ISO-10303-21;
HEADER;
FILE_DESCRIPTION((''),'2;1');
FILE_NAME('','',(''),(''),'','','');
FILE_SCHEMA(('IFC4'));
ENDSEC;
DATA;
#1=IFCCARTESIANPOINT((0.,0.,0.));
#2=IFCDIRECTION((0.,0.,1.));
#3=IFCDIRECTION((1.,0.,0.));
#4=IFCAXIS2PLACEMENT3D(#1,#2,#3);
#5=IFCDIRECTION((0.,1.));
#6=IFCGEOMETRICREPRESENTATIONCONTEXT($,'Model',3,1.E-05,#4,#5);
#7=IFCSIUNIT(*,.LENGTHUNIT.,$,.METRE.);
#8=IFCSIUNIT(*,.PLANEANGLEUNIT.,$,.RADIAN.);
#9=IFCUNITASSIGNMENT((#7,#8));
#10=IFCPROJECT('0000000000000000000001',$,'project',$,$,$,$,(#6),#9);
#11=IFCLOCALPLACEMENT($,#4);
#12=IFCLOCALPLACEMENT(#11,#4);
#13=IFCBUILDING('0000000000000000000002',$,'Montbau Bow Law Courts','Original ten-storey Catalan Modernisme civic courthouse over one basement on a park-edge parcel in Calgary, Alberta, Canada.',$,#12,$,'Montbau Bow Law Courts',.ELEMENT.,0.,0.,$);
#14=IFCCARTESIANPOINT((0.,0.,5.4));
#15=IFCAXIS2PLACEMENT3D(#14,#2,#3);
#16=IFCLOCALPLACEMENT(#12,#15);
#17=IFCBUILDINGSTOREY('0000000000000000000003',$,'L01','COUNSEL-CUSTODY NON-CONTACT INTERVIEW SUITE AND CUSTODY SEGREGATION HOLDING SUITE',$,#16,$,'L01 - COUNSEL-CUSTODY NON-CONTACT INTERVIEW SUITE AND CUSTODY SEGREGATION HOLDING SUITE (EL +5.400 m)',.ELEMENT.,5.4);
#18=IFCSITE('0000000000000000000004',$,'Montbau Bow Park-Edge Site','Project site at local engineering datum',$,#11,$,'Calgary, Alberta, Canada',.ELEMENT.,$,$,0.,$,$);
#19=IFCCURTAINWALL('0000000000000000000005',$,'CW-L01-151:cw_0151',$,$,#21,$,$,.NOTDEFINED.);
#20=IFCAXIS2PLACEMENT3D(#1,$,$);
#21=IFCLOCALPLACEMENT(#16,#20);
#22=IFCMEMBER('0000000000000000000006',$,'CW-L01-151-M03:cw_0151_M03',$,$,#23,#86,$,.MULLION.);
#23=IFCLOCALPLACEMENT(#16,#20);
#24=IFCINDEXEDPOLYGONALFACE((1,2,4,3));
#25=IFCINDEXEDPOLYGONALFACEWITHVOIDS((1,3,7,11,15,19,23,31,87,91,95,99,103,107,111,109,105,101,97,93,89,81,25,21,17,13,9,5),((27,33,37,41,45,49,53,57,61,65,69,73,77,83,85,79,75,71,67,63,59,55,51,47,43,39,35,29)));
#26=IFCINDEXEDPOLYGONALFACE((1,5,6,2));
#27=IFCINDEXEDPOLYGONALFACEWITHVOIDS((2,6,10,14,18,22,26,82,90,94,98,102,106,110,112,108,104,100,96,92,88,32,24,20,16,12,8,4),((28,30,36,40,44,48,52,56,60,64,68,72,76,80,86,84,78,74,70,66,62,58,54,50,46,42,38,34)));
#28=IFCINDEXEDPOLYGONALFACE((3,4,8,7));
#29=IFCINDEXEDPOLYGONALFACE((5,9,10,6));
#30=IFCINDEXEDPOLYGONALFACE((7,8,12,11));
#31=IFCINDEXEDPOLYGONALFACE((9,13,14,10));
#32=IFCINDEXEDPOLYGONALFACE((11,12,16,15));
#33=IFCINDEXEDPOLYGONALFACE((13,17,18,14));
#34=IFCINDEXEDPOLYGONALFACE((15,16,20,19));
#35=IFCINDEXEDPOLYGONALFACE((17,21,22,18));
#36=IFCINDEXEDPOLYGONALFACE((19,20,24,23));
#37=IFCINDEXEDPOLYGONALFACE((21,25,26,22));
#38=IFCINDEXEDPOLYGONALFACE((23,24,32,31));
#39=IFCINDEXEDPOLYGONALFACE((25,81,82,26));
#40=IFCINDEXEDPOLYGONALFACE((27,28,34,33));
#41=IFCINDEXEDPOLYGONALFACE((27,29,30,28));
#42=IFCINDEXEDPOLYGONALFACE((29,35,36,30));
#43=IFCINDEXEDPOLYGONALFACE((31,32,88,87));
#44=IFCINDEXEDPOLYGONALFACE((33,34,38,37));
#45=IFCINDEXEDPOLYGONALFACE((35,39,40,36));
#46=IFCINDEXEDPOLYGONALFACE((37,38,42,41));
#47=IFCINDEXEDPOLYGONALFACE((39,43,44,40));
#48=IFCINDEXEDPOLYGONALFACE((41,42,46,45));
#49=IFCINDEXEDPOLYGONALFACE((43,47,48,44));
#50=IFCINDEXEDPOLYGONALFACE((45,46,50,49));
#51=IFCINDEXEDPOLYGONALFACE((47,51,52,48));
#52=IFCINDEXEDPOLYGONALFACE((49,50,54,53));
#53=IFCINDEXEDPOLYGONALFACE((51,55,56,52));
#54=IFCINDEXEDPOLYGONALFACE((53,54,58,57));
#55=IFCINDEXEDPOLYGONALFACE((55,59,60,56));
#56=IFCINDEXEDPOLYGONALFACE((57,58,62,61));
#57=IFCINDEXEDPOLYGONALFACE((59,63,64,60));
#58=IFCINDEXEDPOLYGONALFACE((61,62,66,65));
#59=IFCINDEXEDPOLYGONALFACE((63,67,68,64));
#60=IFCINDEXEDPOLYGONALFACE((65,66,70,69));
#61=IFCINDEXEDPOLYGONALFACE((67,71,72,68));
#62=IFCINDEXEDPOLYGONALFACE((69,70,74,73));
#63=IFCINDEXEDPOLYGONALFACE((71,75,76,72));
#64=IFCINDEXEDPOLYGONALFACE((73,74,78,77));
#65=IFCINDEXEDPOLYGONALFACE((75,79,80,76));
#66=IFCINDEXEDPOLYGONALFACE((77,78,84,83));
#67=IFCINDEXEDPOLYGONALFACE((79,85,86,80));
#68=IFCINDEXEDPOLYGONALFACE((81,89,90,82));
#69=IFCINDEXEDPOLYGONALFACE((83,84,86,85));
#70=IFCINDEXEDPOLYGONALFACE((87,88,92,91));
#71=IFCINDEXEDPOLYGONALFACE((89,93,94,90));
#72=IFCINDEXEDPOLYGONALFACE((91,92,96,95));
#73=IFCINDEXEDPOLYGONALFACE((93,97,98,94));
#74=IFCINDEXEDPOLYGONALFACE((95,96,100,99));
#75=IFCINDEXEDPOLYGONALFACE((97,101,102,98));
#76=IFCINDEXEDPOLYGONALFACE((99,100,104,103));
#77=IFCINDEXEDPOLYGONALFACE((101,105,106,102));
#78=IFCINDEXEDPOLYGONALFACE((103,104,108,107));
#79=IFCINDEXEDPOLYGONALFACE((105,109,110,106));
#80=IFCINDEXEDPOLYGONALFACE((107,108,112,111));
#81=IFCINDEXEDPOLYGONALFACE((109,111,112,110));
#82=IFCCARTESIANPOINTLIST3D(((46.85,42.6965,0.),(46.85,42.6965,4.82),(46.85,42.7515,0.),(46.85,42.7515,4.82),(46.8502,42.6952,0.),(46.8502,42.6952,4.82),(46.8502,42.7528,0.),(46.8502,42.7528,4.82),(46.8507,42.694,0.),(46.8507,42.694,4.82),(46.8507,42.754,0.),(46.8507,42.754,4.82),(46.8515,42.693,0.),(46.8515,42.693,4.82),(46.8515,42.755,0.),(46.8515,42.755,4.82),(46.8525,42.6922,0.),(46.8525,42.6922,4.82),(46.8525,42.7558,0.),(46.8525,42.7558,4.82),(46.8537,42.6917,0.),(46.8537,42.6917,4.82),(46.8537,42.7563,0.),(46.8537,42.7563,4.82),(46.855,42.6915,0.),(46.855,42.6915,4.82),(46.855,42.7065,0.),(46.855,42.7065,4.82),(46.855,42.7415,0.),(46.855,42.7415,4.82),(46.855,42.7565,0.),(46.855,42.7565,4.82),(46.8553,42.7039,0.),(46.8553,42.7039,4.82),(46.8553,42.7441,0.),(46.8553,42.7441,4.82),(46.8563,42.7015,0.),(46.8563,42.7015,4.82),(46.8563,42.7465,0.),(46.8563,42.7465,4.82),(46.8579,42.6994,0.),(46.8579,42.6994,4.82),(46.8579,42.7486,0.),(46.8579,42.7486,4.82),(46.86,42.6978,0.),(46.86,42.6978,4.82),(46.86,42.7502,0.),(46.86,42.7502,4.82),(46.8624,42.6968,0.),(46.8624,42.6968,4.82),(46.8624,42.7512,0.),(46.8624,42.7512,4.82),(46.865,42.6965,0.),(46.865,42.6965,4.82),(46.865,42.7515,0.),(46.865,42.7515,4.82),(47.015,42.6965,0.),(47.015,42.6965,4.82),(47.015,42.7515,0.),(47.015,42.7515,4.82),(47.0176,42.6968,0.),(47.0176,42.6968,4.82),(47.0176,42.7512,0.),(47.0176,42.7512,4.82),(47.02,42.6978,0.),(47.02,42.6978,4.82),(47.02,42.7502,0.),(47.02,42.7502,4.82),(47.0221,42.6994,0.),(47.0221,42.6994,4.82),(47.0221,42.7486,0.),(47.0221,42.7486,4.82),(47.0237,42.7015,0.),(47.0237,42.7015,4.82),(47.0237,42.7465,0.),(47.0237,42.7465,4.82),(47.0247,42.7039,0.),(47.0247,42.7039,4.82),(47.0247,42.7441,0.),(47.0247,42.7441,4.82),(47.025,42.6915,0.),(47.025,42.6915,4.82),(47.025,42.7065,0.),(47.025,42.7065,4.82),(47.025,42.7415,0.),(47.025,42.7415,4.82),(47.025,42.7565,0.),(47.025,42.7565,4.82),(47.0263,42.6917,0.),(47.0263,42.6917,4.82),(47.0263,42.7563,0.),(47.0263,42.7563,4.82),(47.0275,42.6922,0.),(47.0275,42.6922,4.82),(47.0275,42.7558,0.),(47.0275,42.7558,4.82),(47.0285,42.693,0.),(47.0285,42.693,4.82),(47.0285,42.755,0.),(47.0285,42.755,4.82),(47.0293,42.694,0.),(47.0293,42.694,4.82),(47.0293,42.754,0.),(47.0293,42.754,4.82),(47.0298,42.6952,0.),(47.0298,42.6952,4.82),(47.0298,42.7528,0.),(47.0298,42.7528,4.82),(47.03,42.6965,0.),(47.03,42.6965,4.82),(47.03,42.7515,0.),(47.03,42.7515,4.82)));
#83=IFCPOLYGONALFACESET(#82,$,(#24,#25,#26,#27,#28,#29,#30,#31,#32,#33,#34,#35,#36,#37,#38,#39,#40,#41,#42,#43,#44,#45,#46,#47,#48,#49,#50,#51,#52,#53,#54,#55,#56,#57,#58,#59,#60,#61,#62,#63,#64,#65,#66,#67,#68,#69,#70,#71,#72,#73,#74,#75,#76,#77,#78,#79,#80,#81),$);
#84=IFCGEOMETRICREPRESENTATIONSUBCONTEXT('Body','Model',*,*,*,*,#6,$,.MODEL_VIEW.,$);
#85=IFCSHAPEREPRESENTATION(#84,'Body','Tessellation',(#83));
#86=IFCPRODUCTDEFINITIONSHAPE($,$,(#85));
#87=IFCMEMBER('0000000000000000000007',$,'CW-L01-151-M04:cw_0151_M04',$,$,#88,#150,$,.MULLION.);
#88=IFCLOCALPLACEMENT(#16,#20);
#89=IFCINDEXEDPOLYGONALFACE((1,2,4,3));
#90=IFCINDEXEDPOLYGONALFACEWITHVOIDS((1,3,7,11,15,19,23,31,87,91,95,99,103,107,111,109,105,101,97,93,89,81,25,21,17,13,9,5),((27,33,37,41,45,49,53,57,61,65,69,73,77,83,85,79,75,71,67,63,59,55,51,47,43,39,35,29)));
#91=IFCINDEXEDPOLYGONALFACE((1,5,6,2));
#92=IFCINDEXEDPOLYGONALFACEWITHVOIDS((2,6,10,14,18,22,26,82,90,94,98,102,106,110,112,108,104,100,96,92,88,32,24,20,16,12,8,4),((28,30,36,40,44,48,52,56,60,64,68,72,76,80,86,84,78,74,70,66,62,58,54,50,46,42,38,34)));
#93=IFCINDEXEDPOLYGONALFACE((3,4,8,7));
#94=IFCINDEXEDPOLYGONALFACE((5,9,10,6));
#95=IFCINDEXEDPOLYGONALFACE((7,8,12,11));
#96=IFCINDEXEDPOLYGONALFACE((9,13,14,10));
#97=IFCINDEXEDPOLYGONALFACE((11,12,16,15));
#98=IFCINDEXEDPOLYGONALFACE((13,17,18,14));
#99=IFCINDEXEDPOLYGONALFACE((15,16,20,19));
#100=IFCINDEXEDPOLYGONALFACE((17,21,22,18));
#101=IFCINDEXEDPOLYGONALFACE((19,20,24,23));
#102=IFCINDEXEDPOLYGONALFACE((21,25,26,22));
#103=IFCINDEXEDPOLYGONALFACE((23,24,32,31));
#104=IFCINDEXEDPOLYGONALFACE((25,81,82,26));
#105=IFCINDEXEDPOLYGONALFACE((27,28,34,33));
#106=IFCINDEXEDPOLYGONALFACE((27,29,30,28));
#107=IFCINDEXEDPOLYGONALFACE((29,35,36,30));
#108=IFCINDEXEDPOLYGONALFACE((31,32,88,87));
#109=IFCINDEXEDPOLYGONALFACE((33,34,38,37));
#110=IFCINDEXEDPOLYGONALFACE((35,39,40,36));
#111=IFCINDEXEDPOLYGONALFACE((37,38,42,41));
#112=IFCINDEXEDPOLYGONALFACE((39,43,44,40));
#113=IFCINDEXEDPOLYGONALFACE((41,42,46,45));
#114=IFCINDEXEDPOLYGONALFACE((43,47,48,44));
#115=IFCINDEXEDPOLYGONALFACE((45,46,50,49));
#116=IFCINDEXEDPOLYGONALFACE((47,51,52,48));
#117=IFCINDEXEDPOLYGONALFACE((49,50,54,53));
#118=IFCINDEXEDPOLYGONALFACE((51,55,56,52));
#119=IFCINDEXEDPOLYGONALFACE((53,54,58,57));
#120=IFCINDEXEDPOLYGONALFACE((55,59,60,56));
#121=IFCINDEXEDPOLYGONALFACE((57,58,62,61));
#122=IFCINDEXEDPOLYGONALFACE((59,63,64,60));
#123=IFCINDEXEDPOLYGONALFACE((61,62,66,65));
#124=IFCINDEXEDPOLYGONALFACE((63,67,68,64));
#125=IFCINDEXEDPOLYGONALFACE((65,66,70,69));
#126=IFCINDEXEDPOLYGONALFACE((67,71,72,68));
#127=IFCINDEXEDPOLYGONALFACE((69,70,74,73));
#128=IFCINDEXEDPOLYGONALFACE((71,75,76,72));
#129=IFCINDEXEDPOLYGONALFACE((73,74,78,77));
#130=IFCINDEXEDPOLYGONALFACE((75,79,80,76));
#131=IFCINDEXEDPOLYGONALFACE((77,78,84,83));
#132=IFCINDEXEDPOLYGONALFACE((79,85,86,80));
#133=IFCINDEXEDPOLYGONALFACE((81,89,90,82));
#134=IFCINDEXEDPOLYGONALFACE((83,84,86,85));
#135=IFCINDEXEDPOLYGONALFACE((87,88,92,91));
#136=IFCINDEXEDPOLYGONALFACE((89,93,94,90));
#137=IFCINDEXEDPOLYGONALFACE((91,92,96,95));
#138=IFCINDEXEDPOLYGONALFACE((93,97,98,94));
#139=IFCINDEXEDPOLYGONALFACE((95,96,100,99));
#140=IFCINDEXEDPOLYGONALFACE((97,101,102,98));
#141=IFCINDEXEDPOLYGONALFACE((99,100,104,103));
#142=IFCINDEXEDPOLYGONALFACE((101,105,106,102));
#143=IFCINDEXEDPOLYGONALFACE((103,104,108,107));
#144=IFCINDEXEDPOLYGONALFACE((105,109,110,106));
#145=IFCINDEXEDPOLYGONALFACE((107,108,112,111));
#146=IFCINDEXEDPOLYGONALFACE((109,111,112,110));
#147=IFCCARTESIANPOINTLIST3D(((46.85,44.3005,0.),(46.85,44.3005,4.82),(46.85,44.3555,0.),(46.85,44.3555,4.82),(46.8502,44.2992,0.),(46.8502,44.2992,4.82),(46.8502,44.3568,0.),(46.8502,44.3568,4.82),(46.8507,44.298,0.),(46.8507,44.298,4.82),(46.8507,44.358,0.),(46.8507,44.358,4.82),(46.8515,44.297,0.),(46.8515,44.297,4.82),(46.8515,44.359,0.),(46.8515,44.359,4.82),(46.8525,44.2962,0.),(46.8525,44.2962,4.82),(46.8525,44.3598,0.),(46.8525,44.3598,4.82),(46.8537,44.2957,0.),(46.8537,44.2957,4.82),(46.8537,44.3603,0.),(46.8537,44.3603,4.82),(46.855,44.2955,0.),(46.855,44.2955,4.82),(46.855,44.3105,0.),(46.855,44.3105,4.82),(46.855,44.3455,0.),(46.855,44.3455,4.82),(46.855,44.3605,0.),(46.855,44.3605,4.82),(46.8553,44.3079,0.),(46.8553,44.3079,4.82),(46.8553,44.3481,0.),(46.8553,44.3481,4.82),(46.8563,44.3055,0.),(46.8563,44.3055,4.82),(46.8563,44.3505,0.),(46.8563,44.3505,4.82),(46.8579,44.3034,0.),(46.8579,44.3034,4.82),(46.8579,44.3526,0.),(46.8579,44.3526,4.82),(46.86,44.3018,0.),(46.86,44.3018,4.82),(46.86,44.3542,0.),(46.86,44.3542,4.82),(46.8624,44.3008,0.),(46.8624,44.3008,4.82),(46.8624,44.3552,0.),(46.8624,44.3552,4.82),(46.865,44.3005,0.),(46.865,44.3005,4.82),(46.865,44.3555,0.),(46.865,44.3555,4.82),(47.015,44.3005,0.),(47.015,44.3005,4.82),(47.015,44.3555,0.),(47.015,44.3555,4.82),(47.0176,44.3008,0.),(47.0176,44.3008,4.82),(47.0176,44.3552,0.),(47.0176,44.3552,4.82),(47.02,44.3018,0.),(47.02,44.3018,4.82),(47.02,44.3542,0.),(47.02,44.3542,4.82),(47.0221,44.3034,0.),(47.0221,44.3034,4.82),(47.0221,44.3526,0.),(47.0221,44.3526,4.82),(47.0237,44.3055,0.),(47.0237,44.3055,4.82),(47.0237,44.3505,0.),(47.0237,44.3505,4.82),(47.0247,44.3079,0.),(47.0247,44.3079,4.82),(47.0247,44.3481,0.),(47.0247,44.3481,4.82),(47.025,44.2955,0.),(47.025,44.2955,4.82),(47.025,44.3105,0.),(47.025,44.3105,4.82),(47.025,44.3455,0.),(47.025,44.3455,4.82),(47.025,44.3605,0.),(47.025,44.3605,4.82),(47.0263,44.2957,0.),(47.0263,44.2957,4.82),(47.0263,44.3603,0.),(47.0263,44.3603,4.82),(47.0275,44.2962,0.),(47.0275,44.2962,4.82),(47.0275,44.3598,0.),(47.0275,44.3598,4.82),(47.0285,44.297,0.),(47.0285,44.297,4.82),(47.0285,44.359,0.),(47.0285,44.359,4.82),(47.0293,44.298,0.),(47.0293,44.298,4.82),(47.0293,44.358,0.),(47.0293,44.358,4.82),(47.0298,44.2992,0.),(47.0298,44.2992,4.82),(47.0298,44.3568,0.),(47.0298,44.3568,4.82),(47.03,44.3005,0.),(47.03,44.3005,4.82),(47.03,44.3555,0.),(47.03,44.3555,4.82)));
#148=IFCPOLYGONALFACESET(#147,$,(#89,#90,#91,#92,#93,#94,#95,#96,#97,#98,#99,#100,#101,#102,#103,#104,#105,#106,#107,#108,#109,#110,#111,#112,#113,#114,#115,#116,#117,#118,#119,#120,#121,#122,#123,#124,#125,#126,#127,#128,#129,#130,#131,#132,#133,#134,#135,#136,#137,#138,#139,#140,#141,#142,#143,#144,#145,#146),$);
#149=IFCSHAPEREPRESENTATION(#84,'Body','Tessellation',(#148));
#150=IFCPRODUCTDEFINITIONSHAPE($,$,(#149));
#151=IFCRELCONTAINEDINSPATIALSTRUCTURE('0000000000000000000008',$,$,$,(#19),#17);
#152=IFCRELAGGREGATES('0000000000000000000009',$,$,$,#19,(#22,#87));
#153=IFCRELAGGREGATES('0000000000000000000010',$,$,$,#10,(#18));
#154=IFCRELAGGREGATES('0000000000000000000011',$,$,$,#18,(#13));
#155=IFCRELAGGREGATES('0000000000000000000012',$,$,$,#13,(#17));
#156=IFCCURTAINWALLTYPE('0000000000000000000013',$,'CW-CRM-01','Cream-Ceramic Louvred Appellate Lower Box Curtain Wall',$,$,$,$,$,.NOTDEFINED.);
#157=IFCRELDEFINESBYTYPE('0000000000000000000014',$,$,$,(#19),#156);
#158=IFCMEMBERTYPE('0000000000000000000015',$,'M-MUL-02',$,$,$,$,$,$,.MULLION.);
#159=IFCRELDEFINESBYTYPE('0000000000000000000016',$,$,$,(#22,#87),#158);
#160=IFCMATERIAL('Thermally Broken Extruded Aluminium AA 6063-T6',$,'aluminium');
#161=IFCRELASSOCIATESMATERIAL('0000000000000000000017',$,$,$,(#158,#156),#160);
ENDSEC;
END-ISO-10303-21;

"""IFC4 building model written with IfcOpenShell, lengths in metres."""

from ifc_helpers import new_model, si_unit, direction, frame, origin_with_axes, origin_2d_with_axis, place, context, subcontext, project, spatial, hollow_rectangle, extrude, material, material_profile, profile_set, type_object, element, aggregate, save


model = new_model("IFC4")

# Units and contexts
model_context = context("Model", 3, precision=1e-05, world=origin_with_axes(), true_north=direction((0.0, 1.0)))
body_context = subcontext(model_context, "Body", "Model", "MODEL_VIEW")
ifc_project = project(units=[si_unit("LENGTHUNIT", "METRE"), si_unit("PLANEANGLEUNIT", "RADIAN")], contexts=[model_context])

# Site, building, storey
site_placement = place(None, origin_with_axes())
site = spatial("IfcSite", under=ifc_project, at=site_placement, Name="Montbau Bow Park-Edge Site", Description="Project site at local engineering datum", LongName="Calgary, Alberta, Canada", CompositionType="ELEMENT", RefElevation=0.0)
building_placement = place(site_placement, origin_with_axes())
building = spatial("IfcBuilding", under=site, at=building_placement, Name="Montbau Bow Law Courts", Description="Original ten-storey Catalan Modernisme civic courthouse over one basement on a park-edge parcel in Calgary, Alberta, Canada.", LongName="Montbau Bow Law Courts", CompositionType="ELEMENT", ElevationOfRefHeight=0.0, ElevationOfTerrain=0.0)
storey_placement = place(building_placement, frame((0.0, 0.0, 5.4), z_axis=(0.0, 0.0, 1.0), x_axis=(1.0, 0.0, 0.0)))
storey = spatial("IfcBuildingStorey", under=building, at=storey_placement, Name="L01", Description="COUNSEL-CUSTODY NON-CONTACT INTERVIEW SUITE AND CUSTODY SEGREGATION HOLDING SUITE", LongName="L01 - COUNSEL-CUSTODY NON-CONTACT INTERVIEW SUITE AND CUSTODY SEGREGATION HOLDING SUITE (EL +5.400 m)", CompositionType="ELEMENT", Elevation=5.4)

# Shared definitions
ifc_material_1 = material(Name="Thermally Broken Extruded Aluminium AA 6063-T6", Category="aluminium")

# Shared definitions
ifc_material_profile_1 = material_profile(ifc_material_1, hollow_rectangle(XDim=0.065, YDim=0.18, WallThickness=0.005, InnerFilletRadius=0.01, OuterFilletRadius=0.005, at=origin_2d_with_axis()), Name="CWM-180X65", Category="Main", Priority=0)
ifc_profile_set_1 = profile_set([ifc_material_profile_1], Name="Thermally Broken Extruded Aluminium AA 6063-T6")
member_type_1 = type_object("IfcMemberType", Name="M-MUL-02", PredefinedType="MULLION", material=ifc_profile_set_1)

# Curtain wall, members
curtain_wall_type_1 = type_object("IfcCurtainWallType", Name="CW-CRM-01", Description="Cream-Ceramic Louvred Appellate Lower Box Curtain Wall", PredefinedType="NOTDEFINED", material=ifc_material_1)
curtain_wall_1_placement = place(None, frame((46.94, 39.515, 5.4), z_axis=(0.0, 0.0, 1.0), x_axis=(1.0, 0.0, 0.0)))
curtain_wall_1 = element("IfcCurtainWall", 1, at=curtain_wall_1_placement, inside=storey, type_object=curtain_wall_type_1, Name="CW-L01-151:cw_0151", PredefinedType="NOTDEFINED")
member_1_placement = place(None, frame((46.94, 42.724, 5.4), z_axis=(0.0, 0.0, 1.0), x_axis=(0.0, 1.0, 0.0)))
member_1 = element("IfcMember", 2, at=member_1_placement, type_object=member_type_1, Name="CW-L01-151-M03:cw_0151_M03", PredefinedType="MULLION", context=body_context, shape_type="SweptSolid", body=[
    extrude(hollow_rectangle(XDim=0.065, YDim=0.18, WallThickness=0.005, InnerFilletRadius=0.01, OuterFilletRadius=0.005, at=origin_2d_with_axis()), origin_with_axes(), (0.0, 0.0, 1.0), 4.82),
])
member_2_placement = place(None, frame((46.94, 44.328, 5.4), z_axis=(0.0, 0.0, 1.0), x_axis=(0.0, 1.0, 0.0)))
member_2 = element("IfcMember", 3, at=member_2_placement, type_object=member_type_1, Name="CW-L01-151-M04:cw_0151_M04", PredefinedType="MULLION", context=body_context, shape_type="SweptSolid", body=[
    extrude(hollow_rectangle(XDim=0.065, YDim=0.18, WallThickness=0.005, InnerFilletRadius=0.01, OuterFilletRadius=0.005, at=origin_2d_with_axis()), origin_with_axes(), (0.0, 0.0, 1.0), 4.82),
])

aggregate(curtain_wall_1, [member_1, member_2])

save(model, "model.ifc")
